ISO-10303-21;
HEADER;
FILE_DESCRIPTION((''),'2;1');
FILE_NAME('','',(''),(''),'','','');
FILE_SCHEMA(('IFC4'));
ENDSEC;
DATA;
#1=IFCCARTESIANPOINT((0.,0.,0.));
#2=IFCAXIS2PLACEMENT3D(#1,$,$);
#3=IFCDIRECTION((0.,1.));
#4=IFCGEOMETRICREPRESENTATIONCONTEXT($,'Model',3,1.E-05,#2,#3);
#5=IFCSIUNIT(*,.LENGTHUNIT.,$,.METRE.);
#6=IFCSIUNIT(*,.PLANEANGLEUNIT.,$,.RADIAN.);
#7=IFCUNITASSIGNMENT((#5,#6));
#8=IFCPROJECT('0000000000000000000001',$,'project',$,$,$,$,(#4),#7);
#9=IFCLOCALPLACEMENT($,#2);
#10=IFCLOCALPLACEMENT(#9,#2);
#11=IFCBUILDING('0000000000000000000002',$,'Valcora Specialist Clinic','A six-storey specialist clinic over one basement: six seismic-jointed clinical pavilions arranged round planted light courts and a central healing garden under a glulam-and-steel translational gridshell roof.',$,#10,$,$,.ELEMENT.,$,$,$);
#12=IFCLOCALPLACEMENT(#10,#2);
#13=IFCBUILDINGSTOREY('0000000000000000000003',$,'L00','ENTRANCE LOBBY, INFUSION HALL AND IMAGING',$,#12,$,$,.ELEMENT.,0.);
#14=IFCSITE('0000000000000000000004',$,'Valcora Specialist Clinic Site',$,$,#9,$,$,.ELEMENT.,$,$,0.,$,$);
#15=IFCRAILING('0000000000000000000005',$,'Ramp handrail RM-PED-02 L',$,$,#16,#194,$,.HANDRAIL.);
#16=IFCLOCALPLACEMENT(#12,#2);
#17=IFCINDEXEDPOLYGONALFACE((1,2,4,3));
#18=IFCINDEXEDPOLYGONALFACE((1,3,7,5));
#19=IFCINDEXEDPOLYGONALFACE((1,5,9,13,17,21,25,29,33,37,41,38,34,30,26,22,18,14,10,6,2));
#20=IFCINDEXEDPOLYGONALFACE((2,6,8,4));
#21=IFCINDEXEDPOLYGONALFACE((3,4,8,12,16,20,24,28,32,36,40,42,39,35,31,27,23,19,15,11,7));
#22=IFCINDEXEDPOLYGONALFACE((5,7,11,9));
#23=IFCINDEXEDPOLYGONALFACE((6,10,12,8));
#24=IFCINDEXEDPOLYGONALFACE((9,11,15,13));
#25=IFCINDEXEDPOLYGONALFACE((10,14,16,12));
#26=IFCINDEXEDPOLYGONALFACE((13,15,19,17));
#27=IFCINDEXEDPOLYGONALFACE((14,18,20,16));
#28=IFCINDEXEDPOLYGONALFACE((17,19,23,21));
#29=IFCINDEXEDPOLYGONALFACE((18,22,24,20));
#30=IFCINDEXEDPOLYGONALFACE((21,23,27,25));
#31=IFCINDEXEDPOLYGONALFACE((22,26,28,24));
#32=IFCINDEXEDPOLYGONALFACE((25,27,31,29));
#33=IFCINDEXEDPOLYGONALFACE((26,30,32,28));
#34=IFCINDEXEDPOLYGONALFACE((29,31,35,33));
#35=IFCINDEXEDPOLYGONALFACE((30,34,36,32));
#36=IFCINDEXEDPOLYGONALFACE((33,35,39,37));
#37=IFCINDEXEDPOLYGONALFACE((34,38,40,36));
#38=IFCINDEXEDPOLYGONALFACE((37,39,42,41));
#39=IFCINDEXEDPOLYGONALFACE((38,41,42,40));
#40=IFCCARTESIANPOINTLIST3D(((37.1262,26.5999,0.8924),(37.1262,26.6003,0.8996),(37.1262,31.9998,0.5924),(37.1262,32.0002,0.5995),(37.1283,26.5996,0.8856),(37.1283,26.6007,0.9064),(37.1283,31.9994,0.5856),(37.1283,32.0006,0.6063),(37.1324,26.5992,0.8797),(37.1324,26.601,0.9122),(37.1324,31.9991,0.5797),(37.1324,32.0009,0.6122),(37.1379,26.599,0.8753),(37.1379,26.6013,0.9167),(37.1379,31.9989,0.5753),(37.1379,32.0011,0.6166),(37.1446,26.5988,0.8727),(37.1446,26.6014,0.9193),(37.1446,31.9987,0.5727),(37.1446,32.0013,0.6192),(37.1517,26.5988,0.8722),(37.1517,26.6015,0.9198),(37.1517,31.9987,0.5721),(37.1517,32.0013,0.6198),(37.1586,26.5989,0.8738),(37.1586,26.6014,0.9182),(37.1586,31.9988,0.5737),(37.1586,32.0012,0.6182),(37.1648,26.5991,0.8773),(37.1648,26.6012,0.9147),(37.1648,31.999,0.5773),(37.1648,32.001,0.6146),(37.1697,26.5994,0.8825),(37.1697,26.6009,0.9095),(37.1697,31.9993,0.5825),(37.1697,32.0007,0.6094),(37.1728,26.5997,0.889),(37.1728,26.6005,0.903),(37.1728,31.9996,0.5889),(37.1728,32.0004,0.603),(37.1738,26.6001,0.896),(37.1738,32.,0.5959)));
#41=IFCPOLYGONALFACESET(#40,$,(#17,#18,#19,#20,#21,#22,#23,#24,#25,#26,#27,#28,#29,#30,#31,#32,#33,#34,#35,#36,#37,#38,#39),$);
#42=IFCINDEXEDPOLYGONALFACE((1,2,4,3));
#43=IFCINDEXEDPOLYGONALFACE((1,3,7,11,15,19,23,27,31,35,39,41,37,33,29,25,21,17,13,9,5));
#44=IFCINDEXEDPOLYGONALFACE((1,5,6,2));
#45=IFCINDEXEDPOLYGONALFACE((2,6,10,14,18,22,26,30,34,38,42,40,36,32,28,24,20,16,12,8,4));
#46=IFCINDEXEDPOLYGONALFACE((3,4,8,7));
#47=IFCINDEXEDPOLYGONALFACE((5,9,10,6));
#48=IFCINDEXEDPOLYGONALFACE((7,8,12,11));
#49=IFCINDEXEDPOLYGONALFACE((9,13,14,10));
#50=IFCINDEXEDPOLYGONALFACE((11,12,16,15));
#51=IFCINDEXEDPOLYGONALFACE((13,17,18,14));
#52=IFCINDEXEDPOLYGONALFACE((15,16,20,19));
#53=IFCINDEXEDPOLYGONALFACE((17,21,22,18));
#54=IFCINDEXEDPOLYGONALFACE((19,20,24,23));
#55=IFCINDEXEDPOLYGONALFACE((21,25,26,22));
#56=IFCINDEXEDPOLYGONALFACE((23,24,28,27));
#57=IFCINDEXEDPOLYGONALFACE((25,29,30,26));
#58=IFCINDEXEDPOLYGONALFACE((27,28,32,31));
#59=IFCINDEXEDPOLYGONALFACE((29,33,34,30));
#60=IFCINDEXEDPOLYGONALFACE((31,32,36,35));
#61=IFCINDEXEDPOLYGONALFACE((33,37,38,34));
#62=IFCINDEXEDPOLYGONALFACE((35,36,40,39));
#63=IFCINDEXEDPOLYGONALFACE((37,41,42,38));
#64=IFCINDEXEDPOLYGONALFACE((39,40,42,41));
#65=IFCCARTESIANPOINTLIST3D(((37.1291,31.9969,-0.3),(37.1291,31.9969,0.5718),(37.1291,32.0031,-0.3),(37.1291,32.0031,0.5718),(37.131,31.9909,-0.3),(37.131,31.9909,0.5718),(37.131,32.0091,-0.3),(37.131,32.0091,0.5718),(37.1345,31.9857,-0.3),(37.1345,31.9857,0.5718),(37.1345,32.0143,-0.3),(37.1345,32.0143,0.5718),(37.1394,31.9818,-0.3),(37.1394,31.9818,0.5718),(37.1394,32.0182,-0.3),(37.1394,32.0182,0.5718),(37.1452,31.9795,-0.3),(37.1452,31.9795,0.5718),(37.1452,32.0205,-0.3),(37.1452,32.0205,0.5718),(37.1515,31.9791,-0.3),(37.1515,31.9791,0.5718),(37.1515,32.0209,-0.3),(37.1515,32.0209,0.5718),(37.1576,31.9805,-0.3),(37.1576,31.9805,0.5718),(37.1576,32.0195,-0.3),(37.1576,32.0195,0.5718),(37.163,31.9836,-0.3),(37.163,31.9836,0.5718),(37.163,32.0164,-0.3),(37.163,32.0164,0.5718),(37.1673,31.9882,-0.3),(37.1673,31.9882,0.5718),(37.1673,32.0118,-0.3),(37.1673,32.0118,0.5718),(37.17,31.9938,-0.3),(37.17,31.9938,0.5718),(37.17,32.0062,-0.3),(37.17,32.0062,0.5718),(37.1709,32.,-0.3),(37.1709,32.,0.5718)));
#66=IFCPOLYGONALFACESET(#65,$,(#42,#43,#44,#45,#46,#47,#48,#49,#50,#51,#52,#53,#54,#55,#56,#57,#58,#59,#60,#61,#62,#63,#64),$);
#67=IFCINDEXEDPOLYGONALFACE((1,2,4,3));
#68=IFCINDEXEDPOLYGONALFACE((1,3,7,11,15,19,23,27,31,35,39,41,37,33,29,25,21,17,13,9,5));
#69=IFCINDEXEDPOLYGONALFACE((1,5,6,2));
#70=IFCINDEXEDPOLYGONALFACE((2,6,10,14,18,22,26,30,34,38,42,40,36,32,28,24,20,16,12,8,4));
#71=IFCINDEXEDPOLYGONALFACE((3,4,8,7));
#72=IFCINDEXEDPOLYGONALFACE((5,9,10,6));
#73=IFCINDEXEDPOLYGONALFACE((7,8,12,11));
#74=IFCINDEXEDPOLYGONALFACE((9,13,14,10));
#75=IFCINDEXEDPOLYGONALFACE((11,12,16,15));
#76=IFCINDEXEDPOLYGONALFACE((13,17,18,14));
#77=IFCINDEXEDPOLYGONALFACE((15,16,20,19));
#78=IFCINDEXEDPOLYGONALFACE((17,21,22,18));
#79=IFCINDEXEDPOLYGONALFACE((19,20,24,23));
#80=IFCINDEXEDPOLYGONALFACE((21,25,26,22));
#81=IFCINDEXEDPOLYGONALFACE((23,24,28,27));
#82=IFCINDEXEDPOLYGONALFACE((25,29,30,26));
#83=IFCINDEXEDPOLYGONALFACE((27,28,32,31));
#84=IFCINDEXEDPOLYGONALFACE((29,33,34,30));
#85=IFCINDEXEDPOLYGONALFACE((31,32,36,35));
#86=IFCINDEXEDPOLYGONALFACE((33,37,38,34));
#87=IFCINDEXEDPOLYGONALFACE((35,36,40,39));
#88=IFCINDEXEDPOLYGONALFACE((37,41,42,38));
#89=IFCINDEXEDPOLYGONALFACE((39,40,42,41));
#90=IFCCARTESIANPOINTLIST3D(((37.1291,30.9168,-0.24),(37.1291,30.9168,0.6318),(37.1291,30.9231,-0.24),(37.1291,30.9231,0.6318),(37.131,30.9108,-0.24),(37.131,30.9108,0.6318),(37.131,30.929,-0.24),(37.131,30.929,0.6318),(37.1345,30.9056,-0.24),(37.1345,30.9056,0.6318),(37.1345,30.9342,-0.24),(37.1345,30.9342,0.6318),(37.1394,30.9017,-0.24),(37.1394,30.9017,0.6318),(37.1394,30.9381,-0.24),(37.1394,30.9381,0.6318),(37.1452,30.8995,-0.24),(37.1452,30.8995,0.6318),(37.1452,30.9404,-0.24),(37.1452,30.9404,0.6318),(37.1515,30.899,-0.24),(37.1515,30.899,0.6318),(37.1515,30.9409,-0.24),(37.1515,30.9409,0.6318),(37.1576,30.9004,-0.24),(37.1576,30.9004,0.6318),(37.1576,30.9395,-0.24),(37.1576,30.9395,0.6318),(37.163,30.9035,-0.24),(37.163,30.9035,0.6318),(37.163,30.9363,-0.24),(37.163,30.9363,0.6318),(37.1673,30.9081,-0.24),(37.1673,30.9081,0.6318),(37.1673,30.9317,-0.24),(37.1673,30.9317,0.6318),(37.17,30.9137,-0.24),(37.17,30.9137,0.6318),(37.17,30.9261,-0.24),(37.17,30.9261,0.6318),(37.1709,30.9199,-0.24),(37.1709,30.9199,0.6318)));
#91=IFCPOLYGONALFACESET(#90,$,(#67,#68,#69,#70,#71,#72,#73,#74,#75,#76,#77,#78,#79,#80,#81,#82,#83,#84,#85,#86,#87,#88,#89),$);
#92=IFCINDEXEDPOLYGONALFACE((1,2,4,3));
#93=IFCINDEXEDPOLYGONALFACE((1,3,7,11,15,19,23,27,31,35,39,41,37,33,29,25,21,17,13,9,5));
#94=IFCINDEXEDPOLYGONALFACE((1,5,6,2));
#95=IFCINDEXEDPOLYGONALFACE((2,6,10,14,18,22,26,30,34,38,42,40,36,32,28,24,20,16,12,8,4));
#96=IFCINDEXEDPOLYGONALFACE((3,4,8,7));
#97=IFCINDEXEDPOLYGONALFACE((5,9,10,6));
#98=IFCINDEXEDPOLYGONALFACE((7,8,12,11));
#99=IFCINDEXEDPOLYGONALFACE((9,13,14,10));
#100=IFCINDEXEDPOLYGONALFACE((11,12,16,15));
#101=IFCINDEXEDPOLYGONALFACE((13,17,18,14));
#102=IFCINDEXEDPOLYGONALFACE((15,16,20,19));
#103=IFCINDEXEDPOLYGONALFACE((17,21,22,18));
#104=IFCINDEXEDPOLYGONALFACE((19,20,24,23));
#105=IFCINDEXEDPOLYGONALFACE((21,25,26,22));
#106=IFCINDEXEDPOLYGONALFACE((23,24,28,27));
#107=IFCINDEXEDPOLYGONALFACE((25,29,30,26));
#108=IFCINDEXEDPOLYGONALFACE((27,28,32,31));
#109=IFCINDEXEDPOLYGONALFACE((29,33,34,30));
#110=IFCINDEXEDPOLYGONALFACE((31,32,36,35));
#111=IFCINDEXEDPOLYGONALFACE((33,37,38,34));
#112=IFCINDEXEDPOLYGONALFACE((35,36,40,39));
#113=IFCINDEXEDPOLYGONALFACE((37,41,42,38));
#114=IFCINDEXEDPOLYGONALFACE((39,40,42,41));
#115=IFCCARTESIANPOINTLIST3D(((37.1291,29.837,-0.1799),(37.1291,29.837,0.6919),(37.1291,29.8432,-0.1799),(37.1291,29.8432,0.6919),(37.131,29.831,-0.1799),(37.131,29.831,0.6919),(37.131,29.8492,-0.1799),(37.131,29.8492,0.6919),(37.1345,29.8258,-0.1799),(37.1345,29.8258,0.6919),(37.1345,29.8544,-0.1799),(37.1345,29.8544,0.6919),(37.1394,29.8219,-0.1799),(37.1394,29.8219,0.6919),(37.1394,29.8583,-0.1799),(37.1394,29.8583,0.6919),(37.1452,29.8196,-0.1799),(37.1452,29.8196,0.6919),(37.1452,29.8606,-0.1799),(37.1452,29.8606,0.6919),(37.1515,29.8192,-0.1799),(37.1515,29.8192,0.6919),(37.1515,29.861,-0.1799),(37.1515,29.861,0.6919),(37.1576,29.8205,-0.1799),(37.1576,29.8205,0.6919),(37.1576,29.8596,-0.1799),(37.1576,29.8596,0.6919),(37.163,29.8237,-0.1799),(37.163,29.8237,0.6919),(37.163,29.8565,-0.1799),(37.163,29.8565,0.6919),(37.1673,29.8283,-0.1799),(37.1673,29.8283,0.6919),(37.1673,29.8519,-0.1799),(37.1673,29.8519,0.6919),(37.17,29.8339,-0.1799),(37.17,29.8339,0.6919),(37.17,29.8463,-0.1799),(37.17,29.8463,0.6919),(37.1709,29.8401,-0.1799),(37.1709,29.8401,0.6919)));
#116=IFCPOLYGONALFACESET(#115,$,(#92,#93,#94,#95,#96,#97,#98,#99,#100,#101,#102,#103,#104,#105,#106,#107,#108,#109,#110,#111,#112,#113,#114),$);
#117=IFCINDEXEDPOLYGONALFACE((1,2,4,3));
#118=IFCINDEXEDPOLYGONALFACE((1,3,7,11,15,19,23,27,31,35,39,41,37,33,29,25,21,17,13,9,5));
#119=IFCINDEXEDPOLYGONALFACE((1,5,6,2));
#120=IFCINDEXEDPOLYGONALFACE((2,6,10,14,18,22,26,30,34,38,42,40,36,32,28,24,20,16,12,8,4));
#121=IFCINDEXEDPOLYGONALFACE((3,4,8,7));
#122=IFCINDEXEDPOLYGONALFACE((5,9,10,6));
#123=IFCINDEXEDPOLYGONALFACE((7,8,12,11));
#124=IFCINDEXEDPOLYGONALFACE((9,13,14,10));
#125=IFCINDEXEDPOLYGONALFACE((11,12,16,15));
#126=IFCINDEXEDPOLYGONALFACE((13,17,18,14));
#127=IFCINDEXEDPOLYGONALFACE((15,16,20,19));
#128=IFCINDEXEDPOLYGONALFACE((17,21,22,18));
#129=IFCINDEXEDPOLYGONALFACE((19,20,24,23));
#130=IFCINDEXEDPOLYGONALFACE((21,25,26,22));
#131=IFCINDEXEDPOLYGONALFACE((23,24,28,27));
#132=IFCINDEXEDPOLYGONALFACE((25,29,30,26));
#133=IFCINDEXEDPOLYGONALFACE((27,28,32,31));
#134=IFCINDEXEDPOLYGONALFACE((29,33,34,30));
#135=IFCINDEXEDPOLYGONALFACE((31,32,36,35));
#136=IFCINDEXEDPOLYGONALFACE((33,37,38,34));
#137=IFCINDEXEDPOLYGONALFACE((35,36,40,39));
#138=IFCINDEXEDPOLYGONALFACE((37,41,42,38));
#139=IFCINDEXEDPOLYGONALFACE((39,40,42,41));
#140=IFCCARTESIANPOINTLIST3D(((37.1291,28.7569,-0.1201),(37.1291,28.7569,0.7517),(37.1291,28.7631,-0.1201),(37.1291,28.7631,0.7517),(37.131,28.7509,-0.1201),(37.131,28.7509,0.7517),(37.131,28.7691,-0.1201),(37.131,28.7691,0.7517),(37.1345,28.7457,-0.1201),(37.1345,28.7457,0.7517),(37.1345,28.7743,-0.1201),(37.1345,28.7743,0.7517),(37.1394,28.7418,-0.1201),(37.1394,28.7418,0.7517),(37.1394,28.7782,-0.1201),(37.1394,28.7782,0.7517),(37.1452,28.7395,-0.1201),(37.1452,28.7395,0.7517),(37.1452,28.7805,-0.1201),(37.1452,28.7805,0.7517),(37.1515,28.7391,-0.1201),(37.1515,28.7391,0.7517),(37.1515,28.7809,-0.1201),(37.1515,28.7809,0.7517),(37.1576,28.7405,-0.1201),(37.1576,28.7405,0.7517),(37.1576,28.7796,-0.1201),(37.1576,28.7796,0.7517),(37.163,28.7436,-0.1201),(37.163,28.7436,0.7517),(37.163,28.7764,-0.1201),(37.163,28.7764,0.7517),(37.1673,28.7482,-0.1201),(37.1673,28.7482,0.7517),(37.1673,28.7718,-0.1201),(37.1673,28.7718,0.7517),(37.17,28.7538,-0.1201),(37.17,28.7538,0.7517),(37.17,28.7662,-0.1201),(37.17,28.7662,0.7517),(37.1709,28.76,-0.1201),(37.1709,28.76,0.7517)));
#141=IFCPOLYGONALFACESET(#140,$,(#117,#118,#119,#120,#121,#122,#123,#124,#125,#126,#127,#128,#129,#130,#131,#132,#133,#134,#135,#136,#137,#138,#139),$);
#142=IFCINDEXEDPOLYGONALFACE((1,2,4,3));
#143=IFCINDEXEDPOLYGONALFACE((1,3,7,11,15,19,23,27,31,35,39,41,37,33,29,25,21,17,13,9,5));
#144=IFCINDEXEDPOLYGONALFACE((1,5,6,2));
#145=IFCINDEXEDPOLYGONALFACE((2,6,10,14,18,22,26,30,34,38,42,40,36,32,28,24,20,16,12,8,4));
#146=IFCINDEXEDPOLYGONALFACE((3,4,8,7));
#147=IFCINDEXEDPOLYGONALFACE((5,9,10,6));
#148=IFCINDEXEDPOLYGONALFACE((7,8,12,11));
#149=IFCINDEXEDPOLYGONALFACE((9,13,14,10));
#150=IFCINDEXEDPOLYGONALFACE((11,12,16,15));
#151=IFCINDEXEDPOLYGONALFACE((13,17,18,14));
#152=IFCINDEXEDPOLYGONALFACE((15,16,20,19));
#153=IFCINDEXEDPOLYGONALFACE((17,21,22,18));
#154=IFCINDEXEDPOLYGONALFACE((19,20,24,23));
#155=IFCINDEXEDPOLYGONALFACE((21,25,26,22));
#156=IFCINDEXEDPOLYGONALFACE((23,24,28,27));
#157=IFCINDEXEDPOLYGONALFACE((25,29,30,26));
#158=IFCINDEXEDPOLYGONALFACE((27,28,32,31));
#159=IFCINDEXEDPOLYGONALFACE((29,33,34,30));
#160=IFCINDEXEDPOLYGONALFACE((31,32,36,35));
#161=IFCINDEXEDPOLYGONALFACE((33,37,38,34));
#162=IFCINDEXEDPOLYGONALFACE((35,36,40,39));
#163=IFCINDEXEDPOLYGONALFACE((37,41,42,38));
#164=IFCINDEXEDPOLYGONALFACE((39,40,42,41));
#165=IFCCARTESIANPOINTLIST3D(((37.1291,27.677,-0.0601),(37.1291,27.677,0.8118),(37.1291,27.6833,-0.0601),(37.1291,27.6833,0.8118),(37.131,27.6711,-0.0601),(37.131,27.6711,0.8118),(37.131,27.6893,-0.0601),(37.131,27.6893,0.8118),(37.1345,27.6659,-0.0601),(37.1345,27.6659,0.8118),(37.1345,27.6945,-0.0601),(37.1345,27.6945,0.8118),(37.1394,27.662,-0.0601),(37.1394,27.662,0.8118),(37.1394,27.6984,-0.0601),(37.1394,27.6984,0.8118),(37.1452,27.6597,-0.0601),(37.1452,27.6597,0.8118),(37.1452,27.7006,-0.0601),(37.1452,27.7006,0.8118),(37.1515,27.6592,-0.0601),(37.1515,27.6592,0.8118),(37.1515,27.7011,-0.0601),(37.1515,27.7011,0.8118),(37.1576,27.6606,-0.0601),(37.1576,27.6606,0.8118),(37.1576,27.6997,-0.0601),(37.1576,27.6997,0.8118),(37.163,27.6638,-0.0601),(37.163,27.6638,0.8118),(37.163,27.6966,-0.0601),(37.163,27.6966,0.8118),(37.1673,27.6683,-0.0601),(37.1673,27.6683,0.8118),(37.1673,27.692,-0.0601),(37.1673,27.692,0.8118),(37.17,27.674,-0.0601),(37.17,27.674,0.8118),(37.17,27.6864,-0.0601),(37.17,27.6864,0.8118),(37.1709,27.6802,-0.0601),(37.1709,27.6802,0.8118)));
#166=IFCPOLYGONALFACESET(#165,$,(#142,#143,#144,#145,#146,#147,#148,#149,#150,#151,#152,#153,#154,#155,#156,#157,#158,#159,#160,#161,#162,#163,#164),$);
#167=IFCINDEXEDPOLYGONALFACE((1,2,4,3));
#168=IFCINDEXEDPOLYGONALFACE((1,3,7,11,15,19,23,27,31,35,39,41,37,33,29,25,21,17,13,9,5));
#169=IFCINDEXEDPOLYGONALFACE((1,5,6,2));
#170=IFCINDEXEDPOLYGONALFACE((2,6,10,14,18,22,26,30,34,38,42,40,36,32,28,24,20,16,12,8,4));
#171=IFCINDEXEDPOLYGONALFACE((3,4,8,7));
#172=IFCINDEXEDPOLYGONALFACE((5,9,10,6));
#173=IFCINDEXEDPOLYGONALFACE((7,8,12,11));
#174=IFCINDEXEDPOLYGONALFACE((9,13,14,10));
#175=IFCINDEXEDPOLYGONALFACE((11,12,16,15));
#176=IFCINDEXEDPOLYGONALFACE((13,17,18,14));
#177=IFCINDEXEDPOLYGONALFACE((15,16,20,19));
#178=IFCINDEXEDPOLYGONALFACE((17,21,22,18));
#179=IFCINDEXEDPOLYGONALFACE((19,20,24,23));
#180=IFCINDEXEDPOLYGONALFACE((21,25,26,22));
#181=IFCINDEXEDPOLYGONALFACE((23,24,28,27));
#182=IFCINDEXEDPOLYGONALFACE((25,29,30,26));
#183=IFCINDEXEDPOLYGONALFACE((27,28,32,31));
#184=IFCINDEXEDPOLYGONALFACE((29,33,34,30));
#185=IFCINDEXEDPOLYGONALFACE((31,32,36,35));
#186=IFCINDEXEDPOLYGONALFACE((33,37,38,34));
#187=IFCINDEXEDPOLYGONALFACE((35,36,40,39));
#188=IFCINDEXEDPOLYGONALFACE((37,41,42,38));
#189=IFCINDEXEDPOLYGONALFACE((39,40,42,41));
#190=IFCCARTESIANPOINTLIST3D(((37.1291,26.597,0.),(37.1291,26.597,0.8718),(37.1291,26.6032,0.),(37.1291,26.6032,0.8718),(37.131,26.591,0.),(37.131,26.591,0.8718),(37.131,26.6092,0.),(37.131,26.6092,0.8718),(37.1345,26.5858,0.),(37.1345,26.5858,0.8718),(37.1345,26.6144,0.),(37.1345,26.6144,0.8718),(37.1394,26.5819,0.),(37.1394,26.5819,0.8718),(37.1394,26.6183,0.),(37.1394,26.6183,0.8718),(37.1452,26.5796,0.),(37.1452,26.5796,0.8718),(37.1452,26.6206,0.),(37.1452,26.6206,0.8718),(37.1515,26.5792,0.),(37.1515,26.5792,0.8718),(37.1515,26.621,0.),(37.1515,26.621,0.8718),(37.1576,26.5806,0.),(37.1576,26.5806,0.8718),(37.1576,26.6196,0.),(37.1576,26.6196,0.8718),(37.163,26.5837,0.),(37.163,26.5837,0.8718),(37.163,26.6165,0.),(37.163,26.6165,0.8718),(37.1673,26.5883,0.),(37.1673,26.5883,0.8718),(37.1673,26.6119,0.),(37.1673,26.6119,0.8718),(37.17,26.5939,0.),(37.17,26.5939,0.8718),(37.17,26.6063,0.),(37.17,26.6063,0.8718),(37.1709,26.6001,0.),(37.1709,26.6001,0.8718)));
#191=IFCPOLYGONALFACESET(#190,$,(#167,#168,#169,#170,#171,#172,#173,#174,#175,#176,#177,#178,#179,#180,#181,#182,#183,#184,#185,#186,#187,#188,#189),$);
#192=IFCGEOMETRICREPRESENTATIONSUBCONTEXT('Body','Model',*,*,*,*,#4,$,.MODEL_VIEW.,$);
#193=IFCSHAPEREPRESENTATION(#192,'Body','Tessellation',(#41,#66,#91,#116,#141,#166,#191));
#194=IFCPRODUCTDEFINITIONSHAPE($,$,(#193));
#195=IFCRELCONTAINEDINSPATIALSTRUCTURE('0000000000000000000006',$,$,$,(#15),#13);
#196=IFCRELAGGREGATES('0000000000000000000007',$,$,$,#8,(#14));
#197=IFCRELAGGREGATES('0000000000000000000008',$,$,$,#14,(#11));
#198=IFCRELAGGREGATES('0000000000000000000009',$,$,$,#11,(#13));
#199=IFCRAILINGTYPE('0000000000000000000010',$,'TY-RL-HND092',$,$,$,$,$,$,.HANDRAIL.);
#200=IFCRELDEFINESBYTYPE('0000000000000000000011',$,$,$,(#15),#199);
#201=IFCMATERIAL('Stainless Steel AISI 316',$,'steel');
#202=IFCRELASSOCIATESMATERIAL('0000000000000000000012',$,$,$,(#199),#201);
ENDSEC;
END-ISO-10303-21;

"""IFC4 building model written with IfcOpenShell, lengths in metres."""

from ifc_helpers import new_model, si_unit, direction, frame, origin, origin_2d, place, context, subcontext, project, spatial, circle, extrude, material, type_object, element, save


model = new_model("IFC4")

# Units and contexts
model_context = context("Model", 3, precision=1e-05, world=origin(), true_north=direction((0.0, 1.0)))
body_context = subcontext(model_context, "Body", "Model", "MODEL_VIEW")
ifc_project = project(units=[si_unit("LENGTHUNIT", "METRE"), si_unit("PLANEANGLEUNIT", "RADIAN")], contexts=[model_context])

# Site, building, storey
site_placement = place(None, origin())
site = spatial("IfcSite", under=ifc_project, at=site_placement, Name="Valcora Specialist Clinic Site", CompositionType="ELEMENT", RefElevation=0.0)
building_placement = place(site_placement, origin())
building = spatial("IfcBuilding", under=site, at=building_placement, Name="Valcora Specialist Clinic", Description="A six-storey specialist clinic over one basement: six seismic-jointed clinical pavilions arranged round planted light courts and a central healing garden under a glulam-and-steel translational gridshell roof.", CompositionType="ELEMENT")
storey_placement = place(building_placement, origin())
storey = spatial("IfcBuildingStorey", under=building, at=storey_placement, Name="L00", Description="ENTRANCE LOBBY, INFUSION HALL AND IMAGING", CompositionType="ELEMENT", Elevation=0.0)

# Railing
ifc_material_1 = material(Name="Stainless Steel AISI 316", Category="steel")
railing_type = type_object("IfcRailingType", Name="TY-RL-HND092", PredefinedType="HANDRAIL", material=ifc_material_1)
for number, where, name in (
    (1, (37.1499, 32.0, -0.3), "Ramp handrail RM-PED-02 L"),
):
    element("IfcRailing", number, at=place(storey_placement, frame(where)), inside=storey, type_object=railing_type, Name=name, PredefinedType="HANDRAIL", context=body_context, shape_type="SweptSolid", body=[
        extrude(circle(Radius=0.0239, at=origin_2d()), frame((0.0, 0.0, 0.896), z_axis=(0.0, -0.99846, 0.05548), x_axis=(1.0, 0.0, 0.0)), (0.0, 0.0, 1.0), 5.4082),
        extrude(circle(Radius=0.021, at=origin_2d()), origin(), (0.0, 0.0, 1.0), 0.8718),
        extrude(circle(Radius=0.021, at=origin_2d()), frame((0.0, -1.0801, 0.0601)), (0.0, 0.0, 1.0), 0.8718),
        extrude(circle(Radius=0.021, at=origin_2d()), frame((0.0, -2.1599, 0.1201)), (0.0, 0.0, 1.0), 0.8718),
        extrude(circle(Radius=0.021, at=origin_2d()), frame((0.0, -3.24, 0.1799)), (0.0, 0.0, 1.0), 0.8718),
        extrude(circle(Radius=0.021, at=origin_2d()), frame((0.0, -4.3198, 0.24)), (0.0, 0.0, 1.0), 0.8718),
        extrude(circle(Radius=0.021, at=origin_2d()), frame((0.0, -5.3999, 0.3)), (0.0, 0.0, 1.0), 0.8718),
    ])

save(model, "model.ifc")
